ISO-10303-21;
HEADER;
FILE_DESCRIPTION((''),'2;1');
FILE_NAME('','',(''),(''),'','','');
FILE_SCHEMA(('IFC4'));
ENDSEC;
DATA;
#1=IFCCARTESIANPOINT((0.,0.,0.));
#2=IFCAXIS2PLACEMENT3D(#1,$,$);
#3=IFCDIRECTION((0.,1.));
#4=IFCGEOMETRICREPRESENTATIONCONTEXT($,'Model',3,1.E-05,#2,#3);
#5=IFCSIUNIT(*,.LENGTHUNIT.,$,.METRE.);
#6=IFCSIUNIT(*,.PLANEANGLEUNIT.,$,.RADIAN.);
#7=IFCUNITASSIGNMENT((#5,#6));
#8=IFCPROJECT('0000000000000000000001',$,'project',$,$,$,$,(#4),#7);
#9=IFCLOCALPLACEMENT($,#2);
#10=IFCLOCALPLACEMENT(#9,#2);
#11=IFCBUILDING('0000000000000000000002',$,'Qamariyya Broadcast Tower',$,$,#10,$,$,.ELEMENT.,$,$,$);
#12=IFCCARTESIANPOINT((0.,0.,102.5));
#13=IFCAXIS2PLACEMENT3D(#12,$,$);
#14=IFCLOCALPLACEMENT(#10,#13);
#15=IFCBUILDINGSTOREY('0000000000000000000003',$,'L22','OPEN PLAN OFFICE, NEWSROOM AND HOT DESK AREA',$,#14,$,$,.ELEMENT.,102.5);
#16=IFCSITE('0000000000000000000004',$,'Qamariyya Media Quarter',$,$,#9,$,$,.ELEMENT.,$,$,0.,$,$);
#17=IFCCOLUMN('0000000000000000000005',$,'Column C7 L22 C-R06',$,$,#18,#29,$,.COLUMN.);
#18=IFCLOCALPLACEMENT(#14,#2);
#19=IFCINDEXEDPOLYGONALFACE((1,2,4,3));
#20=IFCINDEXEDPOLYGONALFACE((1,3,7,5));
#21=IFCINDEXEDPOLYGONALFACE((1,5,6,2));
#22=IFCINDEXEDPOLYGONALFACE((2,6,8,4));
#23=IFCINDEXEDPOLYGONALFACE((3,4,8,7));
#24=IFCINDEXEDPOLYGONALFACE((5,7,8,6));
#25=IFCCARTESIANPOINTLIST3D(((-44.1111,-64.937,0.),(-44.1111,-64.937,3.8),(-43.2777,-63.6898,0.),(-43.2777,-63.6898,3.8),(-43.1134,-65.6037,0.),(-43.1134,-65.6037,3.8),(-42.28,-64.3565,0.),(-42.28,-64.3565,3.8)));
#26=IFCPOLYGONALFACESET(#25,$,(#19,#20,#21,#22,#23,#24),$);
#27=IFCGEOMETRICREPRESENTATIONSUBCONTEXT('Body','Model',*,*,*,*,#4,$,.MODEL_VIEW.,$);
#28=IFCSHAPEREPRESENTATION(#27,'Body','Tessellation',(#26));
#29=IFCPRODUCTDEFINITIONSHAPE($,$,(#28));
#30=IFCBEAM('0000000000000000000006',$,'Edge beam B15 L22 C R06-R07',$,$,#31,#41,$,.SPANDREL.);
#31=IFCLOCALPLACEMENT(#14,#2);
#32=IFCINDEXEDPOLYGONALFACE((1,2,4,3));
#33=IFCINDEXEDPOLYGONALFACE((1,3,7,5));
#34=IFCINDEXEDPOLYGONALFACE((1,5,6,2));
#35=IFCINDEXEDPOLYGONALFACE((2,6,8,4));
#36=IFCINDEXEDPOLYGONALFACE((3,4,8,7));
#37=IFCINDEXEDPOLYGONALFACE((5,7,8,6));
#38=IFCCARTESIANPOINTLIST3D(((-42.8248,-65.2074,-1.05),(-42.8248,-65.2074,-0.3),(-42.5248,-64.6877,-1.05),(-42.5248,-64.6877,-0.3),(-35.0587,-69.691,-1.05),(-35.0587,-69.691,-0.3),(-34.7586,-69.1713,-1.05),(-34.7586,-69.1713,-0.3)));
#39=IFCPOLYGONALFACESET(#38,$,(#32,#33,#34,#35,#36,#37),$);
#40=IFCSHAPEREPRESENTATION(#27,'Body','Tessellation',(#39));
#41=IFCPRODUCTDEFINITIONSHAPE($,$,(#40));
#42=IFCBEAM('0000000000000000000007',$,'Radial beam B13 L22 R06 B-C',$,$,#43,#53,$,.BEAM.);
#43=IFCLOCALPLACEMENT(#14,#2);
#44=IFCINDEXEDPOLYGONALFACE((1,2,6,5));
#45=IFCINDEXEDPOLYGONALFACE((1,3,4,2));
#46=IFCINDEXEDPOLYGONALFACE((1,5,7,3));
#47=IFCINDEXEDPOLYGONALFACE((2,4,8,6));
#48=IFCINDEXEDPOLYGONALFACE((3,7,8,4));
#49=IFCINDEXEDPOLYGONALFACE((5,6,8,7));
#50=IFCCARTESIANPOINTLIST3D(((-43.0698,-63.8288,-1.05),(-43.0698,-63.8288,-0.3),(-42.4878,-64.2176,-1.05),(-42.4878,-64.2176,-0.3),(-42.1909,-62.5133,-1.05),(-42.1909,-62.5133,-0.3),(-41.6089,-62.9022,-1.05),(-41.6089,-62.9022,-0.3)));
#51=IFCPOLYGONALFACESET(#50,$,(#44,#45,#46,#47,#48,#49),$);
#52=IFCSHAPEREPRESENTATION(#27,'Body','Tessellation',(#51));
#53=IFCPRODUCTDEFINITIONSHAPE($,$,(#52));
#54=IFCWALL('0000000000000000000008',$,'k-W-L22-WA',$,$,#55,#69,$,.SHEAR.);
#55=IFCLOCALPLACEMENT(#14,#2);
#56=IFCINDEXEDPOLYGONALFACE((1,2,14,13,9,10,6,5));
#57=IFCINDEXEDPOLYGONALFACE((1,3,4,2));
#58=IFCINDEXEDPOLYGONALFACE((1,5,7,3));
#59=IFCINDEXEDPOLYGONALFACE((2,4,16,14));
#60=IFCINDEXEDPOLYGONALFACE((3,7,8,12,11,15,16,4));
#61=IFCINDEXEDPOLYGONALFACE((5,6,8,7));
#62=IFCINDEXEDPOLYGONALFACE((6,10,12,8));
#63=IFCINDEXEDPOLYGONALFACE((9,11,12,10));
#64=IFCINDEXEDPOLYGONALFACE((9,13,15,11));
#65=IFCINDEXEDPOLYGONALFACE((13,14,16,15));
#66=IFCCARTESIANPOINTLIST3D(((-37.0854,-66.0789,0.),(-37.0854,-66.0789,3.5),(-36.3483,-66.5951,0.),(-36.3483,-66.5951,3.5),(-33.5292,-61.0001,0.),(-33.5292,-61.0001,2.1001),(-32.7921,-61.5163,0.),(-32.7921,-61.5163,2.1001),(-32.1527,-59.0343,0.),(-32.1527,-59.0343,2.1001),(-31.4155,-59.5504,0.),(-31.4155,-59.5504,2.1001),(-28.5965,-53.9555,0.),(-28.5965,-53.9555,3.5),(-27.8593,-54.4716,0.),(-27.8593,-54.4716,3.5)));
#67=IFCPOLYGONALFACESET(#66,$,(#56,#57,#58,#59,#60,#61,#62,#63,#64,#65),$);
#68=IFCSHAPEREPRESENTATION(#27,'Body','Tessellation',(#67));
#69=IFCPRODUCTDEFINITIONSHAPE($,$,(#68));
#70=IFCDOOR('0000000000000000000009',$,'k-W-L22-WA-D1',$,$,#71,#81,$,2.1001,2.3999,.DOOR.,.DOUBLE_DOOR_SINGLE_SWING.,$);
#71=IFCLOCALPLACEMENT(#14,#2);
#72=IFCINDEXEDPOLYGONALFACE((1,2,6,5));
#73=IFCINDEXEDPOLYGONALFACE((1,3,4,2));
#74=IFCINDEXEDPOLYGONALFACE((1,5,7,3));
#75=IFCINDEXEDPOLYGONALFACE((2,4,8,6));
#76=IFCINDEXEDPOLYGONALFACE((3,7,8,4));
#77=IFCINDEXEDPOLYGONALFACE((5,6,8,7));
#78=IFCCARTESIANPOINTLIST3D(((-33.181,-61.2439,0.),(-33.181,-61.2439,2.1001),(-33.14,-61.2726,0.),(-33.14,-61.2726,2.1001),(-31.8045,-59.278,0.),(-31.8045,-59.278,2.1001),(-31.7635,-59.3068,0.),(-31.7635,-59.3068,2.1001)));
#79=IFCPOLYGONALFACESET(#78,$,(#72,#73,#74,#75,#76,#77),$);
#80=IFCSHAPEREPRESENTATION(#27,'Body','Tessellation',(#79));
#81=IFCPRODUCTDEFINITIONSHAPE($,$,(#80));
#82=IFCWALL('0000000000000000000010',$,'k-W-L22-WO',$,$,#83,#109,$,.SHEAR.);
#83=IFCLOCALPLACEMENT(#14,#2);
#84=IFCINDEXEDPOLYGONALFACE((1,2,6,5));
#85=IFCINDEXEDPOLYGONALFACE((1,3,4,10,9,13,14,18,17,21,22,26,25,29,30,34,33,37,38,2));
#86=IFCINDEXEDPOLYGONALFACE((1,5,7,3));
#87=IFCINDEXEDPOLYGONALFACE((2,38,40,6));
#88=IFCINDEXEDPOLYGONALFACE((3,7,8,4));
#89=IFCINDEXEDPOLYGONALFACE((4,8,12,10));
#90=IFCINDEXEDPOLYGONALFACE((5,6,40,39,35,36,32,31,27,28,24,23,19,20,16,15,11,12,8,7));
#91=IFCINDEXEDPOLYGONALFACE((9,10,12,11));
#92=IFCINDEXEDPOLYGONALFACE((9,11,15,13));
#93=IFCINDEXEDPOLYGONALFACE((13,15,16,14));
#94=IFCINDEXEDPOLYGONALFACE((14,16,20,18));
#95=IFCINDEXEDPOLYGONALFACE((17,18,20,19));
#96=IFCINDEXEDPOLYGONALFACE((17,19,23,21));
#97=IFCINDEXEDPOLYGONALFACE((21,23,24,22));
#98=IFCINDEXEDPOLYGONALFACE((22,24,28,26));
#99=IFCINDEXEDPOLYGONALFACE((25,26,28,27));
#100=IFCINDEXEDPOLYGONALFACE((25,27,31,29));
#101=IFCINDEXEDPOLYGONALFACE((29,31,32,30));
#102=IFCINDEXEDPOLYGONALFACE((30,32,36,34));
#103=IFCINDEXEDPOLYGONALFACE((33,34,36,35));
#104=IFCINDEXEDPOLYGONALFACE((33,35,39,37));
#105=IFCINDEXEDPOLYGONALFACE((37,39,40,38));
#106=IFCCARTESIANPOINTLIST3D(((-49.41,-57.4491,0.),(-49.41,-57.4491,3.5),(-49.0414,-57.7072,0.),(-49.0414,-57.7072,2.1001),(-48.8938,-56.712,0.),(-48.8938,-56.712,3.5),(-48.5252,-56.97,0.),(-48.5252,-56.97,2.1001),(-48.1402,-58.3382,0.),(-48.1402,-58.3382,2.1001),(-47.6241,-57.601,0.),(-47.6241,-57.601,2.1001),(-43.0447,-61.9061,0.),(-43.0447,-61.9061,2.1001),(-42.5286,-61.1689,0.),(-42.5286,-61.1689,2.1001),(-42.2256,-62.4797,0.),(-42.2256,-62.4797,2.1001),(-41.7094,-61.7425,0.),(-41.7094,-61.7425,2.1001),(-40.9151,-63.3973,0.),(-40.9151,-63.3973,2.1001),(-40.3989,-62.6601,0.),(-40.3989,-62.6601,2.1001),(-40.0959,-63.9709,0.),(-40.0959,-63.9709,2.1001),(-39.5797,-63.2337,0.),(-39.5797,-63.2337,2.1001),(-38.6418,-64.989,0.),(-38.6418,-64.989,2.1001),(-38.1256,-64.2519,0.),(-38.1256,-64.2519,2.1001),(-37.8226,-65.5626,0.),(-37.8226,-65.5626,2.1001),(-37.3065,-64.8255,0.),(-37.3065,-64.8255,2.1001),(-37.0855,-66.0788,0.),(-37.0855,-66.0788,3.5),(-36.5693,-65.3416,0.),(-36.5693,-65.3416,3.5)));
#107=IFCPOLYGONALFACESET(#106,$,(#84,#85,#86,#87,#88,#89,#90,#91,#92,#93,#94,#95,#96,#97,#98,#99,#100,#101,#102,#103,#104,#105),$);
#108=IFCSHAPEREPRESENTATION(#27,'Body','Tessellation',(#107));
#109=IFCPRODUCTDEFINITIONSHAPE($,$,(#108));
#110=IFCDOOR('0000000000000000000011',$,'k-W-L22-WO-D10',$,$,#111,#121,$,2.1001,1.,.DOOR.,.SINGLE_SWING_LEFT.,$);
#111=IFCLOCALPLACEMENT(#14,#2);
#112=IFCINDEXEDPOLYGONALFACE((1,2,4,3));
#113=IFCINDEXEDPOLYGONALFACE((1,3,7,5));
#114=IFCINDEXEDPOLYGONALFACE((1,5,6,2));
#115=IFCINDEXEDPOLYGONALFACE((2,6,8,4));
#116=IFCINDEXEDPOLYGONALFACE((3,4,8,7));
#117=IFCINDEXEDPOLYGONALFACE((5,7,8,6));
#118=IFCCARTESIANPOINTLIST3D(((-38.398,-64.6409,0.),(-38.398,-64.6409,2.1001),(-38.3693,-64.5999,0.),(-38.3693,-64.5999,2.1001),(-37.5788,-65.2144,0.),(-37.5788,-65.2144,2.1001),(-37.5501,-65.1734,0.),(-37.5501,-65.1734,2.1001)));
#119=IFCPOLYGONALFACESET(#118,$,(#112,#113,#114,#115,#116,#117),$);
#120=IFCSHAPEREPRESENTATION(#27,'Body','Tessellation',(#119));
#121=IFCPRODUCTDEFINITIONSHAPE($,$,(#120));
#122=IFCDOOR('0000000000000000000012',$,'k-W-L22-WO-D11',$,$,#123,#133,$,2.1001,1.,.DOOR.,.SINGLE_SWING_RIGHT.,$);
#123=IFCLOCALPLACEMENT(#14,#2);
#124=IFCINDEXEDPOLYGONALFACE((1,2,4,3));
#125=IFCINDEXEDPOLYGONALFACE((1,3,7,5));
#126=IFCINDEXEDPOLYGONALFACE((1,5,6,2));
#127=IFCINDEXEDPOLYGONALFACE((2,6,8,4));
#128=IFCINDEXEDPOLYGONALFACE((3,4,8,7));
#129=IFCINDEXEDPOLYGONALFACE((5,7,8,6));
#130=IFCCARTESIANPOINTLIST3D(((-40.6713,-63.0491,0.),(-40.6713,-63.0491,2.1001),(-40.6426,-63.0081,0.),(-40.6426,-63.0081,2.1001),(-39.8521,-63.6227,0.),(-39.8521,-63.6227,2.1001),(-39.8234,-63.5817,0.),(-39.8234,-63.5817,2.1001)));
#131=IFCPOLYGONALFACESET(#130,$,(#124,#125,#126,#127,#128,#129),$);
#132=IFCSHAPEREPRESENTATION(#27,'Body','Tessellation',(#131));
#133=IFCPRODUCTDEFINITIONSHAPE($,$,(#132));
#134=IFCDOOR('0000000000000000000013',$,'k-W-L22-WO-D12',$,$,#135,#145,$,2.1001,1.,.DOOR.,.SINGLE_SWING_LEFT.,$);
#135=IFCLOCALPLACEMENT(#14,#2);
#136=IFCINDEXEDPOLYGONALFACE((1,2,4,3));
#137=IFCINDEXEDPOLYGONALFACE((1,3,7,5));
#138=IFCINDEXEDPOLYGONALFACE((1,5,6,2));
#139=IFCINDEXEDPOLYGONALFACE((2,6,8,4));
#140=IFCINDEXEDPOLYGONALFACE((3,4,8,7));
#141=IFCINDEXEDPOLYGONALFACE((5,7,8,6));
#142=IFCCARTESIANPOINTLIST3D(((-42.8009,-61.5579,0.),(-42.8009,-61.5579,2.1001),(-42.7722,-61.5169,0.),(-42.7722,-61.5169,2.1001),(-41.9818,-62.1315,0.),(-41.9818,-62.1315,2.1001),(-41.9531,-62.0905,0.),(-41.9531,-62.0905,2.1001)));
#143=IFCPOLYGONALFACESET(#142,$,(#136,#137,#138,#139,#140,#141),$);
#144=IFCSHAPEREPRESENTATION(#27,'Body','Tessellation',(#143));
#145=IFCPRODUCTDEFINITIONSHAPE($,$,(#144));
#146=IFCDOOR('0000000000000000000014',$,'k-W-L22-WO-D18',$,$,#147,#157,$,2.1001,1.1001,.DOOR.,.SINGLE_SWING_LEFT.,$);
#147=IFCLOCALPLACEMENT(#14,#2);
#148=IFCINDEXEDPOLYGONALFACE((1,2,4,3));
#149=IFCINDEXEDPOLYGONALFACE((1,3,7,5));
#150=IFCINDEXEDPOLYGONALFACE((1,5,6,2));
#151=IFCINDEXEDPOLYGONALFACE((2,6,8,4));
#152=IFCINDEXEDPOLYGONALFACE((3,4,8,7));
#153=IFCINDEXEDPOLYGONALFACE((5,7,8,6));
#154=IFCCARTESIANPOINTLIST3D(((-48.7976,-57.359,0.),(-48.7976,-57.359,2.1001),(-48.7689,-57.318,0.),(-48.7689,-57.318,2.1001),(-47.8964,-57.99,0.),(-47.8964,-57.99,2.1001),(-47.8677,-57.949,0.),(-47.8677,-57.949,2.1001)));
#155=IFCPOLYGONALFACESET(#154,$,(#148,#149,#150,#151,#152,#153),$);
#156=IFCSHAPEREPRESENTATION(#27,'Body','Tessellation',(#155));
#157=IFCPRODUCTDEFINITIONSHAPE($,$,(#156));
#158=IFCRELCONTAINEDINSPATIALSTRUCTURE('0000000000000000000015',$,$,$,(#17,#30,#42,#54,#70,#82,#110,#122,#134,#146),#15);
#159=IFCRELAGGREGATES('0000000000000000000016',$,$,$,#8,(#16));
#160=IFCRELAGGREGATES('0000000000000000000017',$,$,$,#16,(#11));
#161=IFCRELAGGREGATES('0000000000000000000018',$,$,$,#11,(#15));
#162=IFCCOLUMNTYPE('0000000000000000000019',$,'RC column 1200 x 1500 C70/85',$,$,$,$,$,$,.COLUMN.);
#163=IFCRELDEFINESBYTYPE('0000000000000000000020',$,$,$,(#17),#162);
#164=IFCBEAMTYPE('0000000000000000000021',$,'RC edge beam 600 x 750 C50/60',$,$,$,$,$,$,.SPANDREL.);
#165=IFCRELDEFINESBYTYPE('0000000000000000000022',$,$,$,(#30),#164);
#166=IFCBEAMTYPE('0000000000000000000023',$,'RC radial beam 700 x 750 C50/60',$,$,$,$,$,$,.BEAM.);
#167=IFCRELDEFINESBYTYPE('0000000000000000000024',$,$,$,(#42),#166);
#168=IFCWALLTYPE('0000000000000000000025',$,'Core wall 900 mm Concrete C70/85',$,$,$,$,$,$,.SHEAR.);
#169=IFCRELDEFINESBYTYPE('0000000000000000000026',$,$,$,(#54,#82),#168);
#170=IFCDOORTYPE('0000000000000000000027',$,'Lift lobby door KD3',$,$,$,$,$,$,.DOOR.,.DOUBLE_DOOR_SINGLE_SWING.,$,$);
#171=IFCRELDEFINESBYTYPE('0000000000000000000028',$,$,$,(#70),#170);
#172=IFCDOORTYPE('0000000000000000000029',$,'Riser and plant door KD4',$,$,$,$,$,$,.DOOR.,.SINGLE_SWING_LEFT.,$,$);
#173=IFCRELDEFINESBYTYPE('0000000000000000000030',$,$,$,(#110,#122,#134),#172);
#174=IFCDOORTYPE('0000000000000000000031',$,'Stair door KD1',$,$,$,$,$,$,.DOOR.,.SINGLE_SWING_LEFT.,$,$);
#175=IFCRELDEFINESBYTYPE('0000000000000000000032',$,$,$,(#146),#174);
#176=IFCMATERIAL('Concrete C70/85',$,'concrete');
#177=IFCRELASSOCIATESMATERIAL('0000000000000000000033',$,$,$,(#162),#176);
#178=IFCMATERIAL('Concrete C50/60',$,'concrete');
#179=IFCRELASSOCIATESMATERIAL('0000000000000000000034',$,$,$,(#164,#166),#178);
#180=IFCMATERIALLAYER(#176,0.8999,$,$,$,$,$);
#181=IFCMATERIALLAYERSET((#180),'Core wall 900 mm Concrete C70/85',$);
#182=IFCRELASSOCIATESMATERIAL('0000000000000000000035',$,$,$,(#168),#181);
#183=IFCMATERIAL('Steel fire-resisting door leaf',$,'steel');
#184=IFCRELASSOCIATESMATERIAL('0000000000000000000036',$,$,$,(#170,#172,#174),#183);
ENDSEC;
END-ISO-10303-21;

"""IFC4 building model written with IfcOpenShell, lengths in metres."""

from ifc_helpers import new_model, si_unit, direction, frame, frame_2d, origin, origin_2d, place, context, subcontext, project, spatial, rectangle, extrude, material, layer, layer_set, material_profile, profile_set, type_object, element, fill, save


model = new_model("IFC4")

# Units and contexts
model_context = context("Model", 3, precision=1e-05, world=origin(), true_north=direction((0.0, 1.0)))
body_context = subcontext(model_context, "Body", "Model", "MODEL_VIEW")
ifc_project = project(units=[si_unit("LENGTHUNIT", "METRE"), si_unit("PLANEANGLEUNIT", "RADIAN")], contexts=[model_context])

# Site, building, storey
site_placement = place(None, origin())
site = spatial("IfcSite", under=ifc_project, at=site_placement, Name="Qamariyya Media Quarter", CompositionType="ELEMENT", RefElevation=0.0)
building_placement = place(site_placement, origin())
building = spatial("IfcBuilding", under=site, at=building_placement, Name="Qamariyya Broadcast Tower", CompositionType="ELEMENT")
storey_placement = place(building_placement, frame((0.0, 0.0, 102.5)))
storey = spatial("IfcBuildingStorey", under=building, at=storey_placement, Name="L22", Description="OPEN PLAN OFFICE, NEWSROOM AND HOT DESK AREA", CompositionType="ELEMENT", Elevation=102.5)

# Column
ifc_material_1 = material(Name="Concrete C70/85", Category="concrete")
ifc_material_profile_1 = material_profile(ifc_material_1, rectangle(XDim=1.2, YDim=1.5, at=origin_2d()))
ifc_profile_set_1 = profile_set([ifc_material_profile_1], Name="Concrete C70/85")
column_type = type_object("IfcColumnType", Name="RC column 1200 x 1500 C70/85", PredefinedType="COLUMN", material=ifc_profile_set_1)
column_placement = place(storey_placement, frame((-43.1956, -64.6467, 0.0), z_axis=(0.0, 0.0, 1.0), x_axis=(0.83147, -0.55557, 0.0)))
element("IfcColumn", 1, at=column_placement, inside=storey, type_object=column_type, Name="Column C7 L22 C-R06", PredefinedType="COLUMN", context=body_context, shape_type="SweptSolid", body=[
    extrude(rectangle(XDim=1.2, YDim=1.5, at=origin_2d()), origin(), (0.0, 0.0, 1.0), 3.8),
])

# Beams
ifc_material_2 = material(Name="Concrete C50/60", Category="concrete")
ifc_material_profile_2 = material_profile(ifc_material_2, rectangle(XDim=0.6001, YDim=0.75, at=origin_2d()))
ifc_profile_set_2 = profile_set([ifc_material_profile_2], Name="Concrete C50/60")
beam_type_1 = type_object("IfcBeamType", Name="RC edge beam 600 x 750 C50/60", PredefinedType="SPANDREL", material=ifc_profile_set_2)
beam_1_placement = place(storey_placement, frame((-42.6748, -64.9475, -0.675), z_axis=(0.866031, -0.49999, 0.0), x_axis=(0.49999, 0.866031, 0.0)))
element("IfcBeam", 2, at=beam_1_placement, inside=storey, type_object=beam_type_1, Name="Edge beam B15 L22 C R06-R07", PredefinedType="SPANDREL", context=body_context, shape_type="SweptSolid", body=[
    extrude(rectangle(XDim=0.6001, YDim=0.75, at=origin_2d()), origin(), (0.0, 0.0, 1.0), 8.9675),
])
ifc_material_profile_3 = material_profile(ifc_material_2, rectangle(XDim=0.7, YDim=0.75, at=origin_2d()))
ifc_profile_set_3 = profile_set([ifc_material_profile_3], Name="Concrete C50/60")
beam_type_2 = type_object("IfcBeamType", Name="RC radial beam 700 x 750 C50/60", PredefinedType="BEAM", material=ifc_profile_set_3)
beam_2_placement = place(storey_placement, frame((-41.8999, -62.7078, -0.675), z_axis=(-0.555555, -0.83148, 0.0), x_axis=(0.83148, -0.555555, 0.0)))
element("IfcBeam", 3, at=beam_2_placement, inside=storey, type_object=beam_type_2, Name="Radial beam B13 L22 R06 B-C", PredefinedType="BEAM", context=body_context, shape_type="SweptSolid", body=[
    extrude(rectangle(XDim=0.7, YDim=0.75, at=origin_2d()), origin(), (0.0, 0.0, 1.0), 1.582),
])

# Wall, opening, door
ifc_layer_1 = layer(ifc_material_1, 0.8999)
ifc_layer_set_1 = layer_set([ifc_layer_1], Name="Core wall 900 mm Concrete C70/85")
wall_type_1 = type_object("IfcWallType", Name="Core wall 900 mm Concrete C70/85", PredefinedType="SHEAR", material=ifc_layer_set_1)
wall_1_placement = place(storey_placement, frame((-36.7168, -66.3369, 0.0), z_axis=(0.0, 0.0, 1.0), x_axis=(0.573577, 0.819151, 0.0)))
wall_1 = element("IfcWall", 4, at=wall_1_placement, inside=storey, type_object=wall_type_1, Name="k-W-L22-WA", PredefinedType="SHEAR", context=body_context, shape_type="SweptSolid", body=[
    extrude(rectangle(XDim=14.8, YDim=0.8999, at=frame_2d((7.3999, 0.0))), origin(), (0.0, 0.0, 1.0), 3.5),
])
opening_1_placement = place(wall_1_placement, frame((6.2, 0.0, 0.0)))
opening_1 = element("IfcOpeningElement", 5, at=opening_1_placement, cuts=wall_1, PredefinedType="OPENING", context=body_context, shape_type="SweptSolid", body=[
    extrude(rectangle(XDim=2.3999, YDim=2.1001, at=frame_2d((1.2, 1.05))), frame((0.0, 0.46, 0.0), z_axis=(0.0, -1.0, 0.0), x_axis=(1.0, 0.0, 0.0)), (0.0, 0.0, 1.0), 0.9199),
])
ifc_material_3 = material(Name="Steel fire-resisting door leaf", Category="steel")
door_type_1 = type_object("IfcDoorType", Name="Lift lobby door KD3", OperationType="DOUBLE_DOOR_SINGLE_SWING", PredefinedType="DOOR", material=ifc_material_3)
door_1_placement = place(opening_1_placement, origin())
door_1 = element("IfcDoor", 6, at=door_1_placement, inside=storey, type_object=door_type_1, Name="k-W-L22-WA-D1", OperationType="DOUBLE_DOOR_SINGLE_SWING", OverallHeight=2.1001, OverallWidth=2.3999, PredefinedType="DOOR", context=body_context, shape_type="SweptSolid", body=[
    extrude(rectangle(XDim=2.3999, YDim=2.1001, at=frame_2d((1.2, 1.05))), frame((0.0, 0.0249, 0.0), z_axis=(0.0, -1.0, 0.0), x_axis=(1.0, 0.0, 0.0)), (0.0, 0.0, 1.0), 0.05),
])
fill(opening_1, door_1)

# Wall, openings, doors
wall_2_placement = place(storey_placement, frame((-36.8274, -65.7102, 0.0), z_axis=(0.0, 0.0, 1.0), x_axis=(-0.819153, 0.573575, 0.0)))
wall_2 = element("IfcWall", 7, at=wall_2_placement, inside=storey, type_object=wall_type_1, Name="k-W-L22-WO", PredefinedType="SHEAR", context=body_context, shape_type="SweptSolid", body=[
    extrude(rectangle(XDim=15.0454, YDim=0.8999, at=frame_2d((7.5227, 0.0))), origin(), (0.0, 0.0, 1.0), 3.5),
])
opening_2_placement = place(wall_2_placement, frame((0.8999, 0.0, 0.0)))
opening_2 = element("IfcOpeningElement", 8, at=opening_2_placement, cuts=wall_2, PredefinedType="OPENING", context=body_context, shape_type="SweptSolid", body=[
    extrude(rectangle(XDim=1.0, YDim=2.1001, at=frame_2d((0.5, 1.05))), frame((0.0, 0.46, 0.0), z_axis=(0.0, -1.0, 0.0), x_axis=(1.0, 0.0, 0.0)), (0.0, 0.0, 1.0), 0.9199),
])
opening_3_placement = place(wall_2_placement, frame((3.675, 0.0, 0.0)))
opening_3 = element("IfcOpeningElement", 9, at=opening_3_placement, cuts=wall_2, PredefinedType="OPENING", context=body_context, shape_type="SweptSolid", body=[
    extrude(rectangle(XDim=1.0, YDim=2.1001, at=frame_2d((0.5, 1.05))), frame((0.0, 0.46, 0.0), z_axis=(0.0, -1.0, 0.0), x_axis=(1.0, 0.0, 0.0)), (0.0, 0.0, 1.0), 0.9199),
])
opening_4_placement = place(wall_2_placement, frame((6.2749, 0.0, 0.0)))
opening_4 = element("IfcOpeningElement", 10, at=opening_4_placement, cuts=wall_2, PredefinedType="OPENING", context=body_context, shape_type="SweptSolid", body=[
    extrude(rectangle(XDim=1.0, YDim=2.1001, at=frame_2d((0.5, 1.05))), frame((0.0, 0.46, 0.0), z_axis=(0.0, -1.0, 0.0), x_axis=(1.0, 0.0, 0.0)), (0.0, 0.0, 1.0), 0.9199),
])
opening_5_placement = place(wall_2_placement, frame((13.4954, 0.0, 0.0)))
opening_5 = element("IfcOpeningElement", 11, at=opening_5_placement, cuts=wall_2, PredefinedType="OPENING", context=body_context, shape_type="SweptSolid", body=[
    extrude(rectangle(XDim=1.1001, YDim=2.1001, at=frame_2d((0.55, 1.05))), frame((0.0, 0.46, 0.0), z_axis=(0.0, -1.0, 0.0), x_axis=(1.0, 0.0, 0.0)), (0.0, 0.0, 1.0), 0.9199),
])
door_type_2 = type_object("IfcDoorType", Name="Riser and plant door KD4", OperationType="SINGLE_SWING_LEFT", PredefinedType="DOOR", material=ifc_material_3)
door_2_placement = place(opening_2_placement, origin())
door_2 = element("IfcDoor", 12, at=door_2_placement, inside=storey, type_object=door_type_2, Name="k-W-L22-WO-D10", OperationType="SINGLE_SWING_LEFT", OverallHeight=2.1001, OverallWidth=1.0, PredefinedType="DOOR", context=body_context, shape_type="SweptSolid", body=[
    extrude(rectangle(XDim=1.0, YDim=2.1001, at=frame_2d((0.5, 1.05))), frame((0.0, 0.0249, 0.0), z_axis=(0.0, -1.0, 0.0), x_axis=(1.0, 0.0, 0.0)), (0.0, 0.0, 1.0), 0.05),
])
fill(opening_2, door_2)
door_3_placement = place(opening_3_placement, origin())
door_3 = element("IfcDoor", 13, at=door_3_placement, inside=storey, type_object=door_type_2, Name="k-W-L22-WO-D11", OperationType="SINGLE_SWING_RIGHT", OverallHeight=2.1001, OverallWidth=1.0, PredefinedType="DOOR", context=body_context, shape_type="SweptSolid", body=[
    extrude(rectangle(XDim=1.0, YDim=2.1001, at=frame_2d((0.5, 1.05))), frame((0.0, 0.0249, 0.0), z_axis=(0.0, -1.0, 0.0), x_axis=(1.0, 0.0, 0.0)), (0.0, 0.0, 1.0), 0.05),
])
fill(opening_3, door_3)
door_4_placement = place(opening_4_placement, origin())
door_4 = element("IfcDoor", 14, at=door_4_placement, inside=storey, type_object=door_type_2, Name="k-W-L22-WO-D12", OperationType="SINGLE_SWING_LEFT", OverallHeight=2.1001, OverallWidth=1.0, PredefinedType="DOOR", context=body_context, shape_type="SweptSolid", body=[
    extrude(rectangle(XDim=1.0, YDim=2.1001, at=frame_2d((0.5, 1.05))), frame((0.0, 0.0249, 0.0), z_axis=(0.0, -1.0, 0.0), x_axis=(1.0, 0.0, 0.0)), (0.0, 0.0, 1.0), 0.05),
])
fill(opening_4, door_4)
door_type_3 = type_object("IfcDoorType", Name="Stair door KD1", OperationType="SINGLE_SWING_LEFT", PredefinedType="DOOR", material=ifc_material_3)
door_5_placement = place(opening_5_placement, origin())
door_5 = element("IfcDoor", 15, at=door_5_placement, inside=storey, type_object=door_type_3, Name="k-W-L22-WO-D18", OperationType="SINGLE_SWING_LEFT", OverallHeight=2.1001, OverallWidth=1.1001, PredefinedType="DOOR", context=body_context, shape_type="SweptSolid", body=[
    extrude(rectangle(XDim=1.1001, YDim=2.1001, at=frame_2d((0.55, 1.05))), frame((0.0, 0.0249, 0.0), z_axis=(0.0, -1.0, 0.0), x_axis=(1.0, 0.0, 0.0)), (0.0, 0.0, 1.0), 0.05),
])
fill(opening_5, door_5)

save(model, "model.ifc")
